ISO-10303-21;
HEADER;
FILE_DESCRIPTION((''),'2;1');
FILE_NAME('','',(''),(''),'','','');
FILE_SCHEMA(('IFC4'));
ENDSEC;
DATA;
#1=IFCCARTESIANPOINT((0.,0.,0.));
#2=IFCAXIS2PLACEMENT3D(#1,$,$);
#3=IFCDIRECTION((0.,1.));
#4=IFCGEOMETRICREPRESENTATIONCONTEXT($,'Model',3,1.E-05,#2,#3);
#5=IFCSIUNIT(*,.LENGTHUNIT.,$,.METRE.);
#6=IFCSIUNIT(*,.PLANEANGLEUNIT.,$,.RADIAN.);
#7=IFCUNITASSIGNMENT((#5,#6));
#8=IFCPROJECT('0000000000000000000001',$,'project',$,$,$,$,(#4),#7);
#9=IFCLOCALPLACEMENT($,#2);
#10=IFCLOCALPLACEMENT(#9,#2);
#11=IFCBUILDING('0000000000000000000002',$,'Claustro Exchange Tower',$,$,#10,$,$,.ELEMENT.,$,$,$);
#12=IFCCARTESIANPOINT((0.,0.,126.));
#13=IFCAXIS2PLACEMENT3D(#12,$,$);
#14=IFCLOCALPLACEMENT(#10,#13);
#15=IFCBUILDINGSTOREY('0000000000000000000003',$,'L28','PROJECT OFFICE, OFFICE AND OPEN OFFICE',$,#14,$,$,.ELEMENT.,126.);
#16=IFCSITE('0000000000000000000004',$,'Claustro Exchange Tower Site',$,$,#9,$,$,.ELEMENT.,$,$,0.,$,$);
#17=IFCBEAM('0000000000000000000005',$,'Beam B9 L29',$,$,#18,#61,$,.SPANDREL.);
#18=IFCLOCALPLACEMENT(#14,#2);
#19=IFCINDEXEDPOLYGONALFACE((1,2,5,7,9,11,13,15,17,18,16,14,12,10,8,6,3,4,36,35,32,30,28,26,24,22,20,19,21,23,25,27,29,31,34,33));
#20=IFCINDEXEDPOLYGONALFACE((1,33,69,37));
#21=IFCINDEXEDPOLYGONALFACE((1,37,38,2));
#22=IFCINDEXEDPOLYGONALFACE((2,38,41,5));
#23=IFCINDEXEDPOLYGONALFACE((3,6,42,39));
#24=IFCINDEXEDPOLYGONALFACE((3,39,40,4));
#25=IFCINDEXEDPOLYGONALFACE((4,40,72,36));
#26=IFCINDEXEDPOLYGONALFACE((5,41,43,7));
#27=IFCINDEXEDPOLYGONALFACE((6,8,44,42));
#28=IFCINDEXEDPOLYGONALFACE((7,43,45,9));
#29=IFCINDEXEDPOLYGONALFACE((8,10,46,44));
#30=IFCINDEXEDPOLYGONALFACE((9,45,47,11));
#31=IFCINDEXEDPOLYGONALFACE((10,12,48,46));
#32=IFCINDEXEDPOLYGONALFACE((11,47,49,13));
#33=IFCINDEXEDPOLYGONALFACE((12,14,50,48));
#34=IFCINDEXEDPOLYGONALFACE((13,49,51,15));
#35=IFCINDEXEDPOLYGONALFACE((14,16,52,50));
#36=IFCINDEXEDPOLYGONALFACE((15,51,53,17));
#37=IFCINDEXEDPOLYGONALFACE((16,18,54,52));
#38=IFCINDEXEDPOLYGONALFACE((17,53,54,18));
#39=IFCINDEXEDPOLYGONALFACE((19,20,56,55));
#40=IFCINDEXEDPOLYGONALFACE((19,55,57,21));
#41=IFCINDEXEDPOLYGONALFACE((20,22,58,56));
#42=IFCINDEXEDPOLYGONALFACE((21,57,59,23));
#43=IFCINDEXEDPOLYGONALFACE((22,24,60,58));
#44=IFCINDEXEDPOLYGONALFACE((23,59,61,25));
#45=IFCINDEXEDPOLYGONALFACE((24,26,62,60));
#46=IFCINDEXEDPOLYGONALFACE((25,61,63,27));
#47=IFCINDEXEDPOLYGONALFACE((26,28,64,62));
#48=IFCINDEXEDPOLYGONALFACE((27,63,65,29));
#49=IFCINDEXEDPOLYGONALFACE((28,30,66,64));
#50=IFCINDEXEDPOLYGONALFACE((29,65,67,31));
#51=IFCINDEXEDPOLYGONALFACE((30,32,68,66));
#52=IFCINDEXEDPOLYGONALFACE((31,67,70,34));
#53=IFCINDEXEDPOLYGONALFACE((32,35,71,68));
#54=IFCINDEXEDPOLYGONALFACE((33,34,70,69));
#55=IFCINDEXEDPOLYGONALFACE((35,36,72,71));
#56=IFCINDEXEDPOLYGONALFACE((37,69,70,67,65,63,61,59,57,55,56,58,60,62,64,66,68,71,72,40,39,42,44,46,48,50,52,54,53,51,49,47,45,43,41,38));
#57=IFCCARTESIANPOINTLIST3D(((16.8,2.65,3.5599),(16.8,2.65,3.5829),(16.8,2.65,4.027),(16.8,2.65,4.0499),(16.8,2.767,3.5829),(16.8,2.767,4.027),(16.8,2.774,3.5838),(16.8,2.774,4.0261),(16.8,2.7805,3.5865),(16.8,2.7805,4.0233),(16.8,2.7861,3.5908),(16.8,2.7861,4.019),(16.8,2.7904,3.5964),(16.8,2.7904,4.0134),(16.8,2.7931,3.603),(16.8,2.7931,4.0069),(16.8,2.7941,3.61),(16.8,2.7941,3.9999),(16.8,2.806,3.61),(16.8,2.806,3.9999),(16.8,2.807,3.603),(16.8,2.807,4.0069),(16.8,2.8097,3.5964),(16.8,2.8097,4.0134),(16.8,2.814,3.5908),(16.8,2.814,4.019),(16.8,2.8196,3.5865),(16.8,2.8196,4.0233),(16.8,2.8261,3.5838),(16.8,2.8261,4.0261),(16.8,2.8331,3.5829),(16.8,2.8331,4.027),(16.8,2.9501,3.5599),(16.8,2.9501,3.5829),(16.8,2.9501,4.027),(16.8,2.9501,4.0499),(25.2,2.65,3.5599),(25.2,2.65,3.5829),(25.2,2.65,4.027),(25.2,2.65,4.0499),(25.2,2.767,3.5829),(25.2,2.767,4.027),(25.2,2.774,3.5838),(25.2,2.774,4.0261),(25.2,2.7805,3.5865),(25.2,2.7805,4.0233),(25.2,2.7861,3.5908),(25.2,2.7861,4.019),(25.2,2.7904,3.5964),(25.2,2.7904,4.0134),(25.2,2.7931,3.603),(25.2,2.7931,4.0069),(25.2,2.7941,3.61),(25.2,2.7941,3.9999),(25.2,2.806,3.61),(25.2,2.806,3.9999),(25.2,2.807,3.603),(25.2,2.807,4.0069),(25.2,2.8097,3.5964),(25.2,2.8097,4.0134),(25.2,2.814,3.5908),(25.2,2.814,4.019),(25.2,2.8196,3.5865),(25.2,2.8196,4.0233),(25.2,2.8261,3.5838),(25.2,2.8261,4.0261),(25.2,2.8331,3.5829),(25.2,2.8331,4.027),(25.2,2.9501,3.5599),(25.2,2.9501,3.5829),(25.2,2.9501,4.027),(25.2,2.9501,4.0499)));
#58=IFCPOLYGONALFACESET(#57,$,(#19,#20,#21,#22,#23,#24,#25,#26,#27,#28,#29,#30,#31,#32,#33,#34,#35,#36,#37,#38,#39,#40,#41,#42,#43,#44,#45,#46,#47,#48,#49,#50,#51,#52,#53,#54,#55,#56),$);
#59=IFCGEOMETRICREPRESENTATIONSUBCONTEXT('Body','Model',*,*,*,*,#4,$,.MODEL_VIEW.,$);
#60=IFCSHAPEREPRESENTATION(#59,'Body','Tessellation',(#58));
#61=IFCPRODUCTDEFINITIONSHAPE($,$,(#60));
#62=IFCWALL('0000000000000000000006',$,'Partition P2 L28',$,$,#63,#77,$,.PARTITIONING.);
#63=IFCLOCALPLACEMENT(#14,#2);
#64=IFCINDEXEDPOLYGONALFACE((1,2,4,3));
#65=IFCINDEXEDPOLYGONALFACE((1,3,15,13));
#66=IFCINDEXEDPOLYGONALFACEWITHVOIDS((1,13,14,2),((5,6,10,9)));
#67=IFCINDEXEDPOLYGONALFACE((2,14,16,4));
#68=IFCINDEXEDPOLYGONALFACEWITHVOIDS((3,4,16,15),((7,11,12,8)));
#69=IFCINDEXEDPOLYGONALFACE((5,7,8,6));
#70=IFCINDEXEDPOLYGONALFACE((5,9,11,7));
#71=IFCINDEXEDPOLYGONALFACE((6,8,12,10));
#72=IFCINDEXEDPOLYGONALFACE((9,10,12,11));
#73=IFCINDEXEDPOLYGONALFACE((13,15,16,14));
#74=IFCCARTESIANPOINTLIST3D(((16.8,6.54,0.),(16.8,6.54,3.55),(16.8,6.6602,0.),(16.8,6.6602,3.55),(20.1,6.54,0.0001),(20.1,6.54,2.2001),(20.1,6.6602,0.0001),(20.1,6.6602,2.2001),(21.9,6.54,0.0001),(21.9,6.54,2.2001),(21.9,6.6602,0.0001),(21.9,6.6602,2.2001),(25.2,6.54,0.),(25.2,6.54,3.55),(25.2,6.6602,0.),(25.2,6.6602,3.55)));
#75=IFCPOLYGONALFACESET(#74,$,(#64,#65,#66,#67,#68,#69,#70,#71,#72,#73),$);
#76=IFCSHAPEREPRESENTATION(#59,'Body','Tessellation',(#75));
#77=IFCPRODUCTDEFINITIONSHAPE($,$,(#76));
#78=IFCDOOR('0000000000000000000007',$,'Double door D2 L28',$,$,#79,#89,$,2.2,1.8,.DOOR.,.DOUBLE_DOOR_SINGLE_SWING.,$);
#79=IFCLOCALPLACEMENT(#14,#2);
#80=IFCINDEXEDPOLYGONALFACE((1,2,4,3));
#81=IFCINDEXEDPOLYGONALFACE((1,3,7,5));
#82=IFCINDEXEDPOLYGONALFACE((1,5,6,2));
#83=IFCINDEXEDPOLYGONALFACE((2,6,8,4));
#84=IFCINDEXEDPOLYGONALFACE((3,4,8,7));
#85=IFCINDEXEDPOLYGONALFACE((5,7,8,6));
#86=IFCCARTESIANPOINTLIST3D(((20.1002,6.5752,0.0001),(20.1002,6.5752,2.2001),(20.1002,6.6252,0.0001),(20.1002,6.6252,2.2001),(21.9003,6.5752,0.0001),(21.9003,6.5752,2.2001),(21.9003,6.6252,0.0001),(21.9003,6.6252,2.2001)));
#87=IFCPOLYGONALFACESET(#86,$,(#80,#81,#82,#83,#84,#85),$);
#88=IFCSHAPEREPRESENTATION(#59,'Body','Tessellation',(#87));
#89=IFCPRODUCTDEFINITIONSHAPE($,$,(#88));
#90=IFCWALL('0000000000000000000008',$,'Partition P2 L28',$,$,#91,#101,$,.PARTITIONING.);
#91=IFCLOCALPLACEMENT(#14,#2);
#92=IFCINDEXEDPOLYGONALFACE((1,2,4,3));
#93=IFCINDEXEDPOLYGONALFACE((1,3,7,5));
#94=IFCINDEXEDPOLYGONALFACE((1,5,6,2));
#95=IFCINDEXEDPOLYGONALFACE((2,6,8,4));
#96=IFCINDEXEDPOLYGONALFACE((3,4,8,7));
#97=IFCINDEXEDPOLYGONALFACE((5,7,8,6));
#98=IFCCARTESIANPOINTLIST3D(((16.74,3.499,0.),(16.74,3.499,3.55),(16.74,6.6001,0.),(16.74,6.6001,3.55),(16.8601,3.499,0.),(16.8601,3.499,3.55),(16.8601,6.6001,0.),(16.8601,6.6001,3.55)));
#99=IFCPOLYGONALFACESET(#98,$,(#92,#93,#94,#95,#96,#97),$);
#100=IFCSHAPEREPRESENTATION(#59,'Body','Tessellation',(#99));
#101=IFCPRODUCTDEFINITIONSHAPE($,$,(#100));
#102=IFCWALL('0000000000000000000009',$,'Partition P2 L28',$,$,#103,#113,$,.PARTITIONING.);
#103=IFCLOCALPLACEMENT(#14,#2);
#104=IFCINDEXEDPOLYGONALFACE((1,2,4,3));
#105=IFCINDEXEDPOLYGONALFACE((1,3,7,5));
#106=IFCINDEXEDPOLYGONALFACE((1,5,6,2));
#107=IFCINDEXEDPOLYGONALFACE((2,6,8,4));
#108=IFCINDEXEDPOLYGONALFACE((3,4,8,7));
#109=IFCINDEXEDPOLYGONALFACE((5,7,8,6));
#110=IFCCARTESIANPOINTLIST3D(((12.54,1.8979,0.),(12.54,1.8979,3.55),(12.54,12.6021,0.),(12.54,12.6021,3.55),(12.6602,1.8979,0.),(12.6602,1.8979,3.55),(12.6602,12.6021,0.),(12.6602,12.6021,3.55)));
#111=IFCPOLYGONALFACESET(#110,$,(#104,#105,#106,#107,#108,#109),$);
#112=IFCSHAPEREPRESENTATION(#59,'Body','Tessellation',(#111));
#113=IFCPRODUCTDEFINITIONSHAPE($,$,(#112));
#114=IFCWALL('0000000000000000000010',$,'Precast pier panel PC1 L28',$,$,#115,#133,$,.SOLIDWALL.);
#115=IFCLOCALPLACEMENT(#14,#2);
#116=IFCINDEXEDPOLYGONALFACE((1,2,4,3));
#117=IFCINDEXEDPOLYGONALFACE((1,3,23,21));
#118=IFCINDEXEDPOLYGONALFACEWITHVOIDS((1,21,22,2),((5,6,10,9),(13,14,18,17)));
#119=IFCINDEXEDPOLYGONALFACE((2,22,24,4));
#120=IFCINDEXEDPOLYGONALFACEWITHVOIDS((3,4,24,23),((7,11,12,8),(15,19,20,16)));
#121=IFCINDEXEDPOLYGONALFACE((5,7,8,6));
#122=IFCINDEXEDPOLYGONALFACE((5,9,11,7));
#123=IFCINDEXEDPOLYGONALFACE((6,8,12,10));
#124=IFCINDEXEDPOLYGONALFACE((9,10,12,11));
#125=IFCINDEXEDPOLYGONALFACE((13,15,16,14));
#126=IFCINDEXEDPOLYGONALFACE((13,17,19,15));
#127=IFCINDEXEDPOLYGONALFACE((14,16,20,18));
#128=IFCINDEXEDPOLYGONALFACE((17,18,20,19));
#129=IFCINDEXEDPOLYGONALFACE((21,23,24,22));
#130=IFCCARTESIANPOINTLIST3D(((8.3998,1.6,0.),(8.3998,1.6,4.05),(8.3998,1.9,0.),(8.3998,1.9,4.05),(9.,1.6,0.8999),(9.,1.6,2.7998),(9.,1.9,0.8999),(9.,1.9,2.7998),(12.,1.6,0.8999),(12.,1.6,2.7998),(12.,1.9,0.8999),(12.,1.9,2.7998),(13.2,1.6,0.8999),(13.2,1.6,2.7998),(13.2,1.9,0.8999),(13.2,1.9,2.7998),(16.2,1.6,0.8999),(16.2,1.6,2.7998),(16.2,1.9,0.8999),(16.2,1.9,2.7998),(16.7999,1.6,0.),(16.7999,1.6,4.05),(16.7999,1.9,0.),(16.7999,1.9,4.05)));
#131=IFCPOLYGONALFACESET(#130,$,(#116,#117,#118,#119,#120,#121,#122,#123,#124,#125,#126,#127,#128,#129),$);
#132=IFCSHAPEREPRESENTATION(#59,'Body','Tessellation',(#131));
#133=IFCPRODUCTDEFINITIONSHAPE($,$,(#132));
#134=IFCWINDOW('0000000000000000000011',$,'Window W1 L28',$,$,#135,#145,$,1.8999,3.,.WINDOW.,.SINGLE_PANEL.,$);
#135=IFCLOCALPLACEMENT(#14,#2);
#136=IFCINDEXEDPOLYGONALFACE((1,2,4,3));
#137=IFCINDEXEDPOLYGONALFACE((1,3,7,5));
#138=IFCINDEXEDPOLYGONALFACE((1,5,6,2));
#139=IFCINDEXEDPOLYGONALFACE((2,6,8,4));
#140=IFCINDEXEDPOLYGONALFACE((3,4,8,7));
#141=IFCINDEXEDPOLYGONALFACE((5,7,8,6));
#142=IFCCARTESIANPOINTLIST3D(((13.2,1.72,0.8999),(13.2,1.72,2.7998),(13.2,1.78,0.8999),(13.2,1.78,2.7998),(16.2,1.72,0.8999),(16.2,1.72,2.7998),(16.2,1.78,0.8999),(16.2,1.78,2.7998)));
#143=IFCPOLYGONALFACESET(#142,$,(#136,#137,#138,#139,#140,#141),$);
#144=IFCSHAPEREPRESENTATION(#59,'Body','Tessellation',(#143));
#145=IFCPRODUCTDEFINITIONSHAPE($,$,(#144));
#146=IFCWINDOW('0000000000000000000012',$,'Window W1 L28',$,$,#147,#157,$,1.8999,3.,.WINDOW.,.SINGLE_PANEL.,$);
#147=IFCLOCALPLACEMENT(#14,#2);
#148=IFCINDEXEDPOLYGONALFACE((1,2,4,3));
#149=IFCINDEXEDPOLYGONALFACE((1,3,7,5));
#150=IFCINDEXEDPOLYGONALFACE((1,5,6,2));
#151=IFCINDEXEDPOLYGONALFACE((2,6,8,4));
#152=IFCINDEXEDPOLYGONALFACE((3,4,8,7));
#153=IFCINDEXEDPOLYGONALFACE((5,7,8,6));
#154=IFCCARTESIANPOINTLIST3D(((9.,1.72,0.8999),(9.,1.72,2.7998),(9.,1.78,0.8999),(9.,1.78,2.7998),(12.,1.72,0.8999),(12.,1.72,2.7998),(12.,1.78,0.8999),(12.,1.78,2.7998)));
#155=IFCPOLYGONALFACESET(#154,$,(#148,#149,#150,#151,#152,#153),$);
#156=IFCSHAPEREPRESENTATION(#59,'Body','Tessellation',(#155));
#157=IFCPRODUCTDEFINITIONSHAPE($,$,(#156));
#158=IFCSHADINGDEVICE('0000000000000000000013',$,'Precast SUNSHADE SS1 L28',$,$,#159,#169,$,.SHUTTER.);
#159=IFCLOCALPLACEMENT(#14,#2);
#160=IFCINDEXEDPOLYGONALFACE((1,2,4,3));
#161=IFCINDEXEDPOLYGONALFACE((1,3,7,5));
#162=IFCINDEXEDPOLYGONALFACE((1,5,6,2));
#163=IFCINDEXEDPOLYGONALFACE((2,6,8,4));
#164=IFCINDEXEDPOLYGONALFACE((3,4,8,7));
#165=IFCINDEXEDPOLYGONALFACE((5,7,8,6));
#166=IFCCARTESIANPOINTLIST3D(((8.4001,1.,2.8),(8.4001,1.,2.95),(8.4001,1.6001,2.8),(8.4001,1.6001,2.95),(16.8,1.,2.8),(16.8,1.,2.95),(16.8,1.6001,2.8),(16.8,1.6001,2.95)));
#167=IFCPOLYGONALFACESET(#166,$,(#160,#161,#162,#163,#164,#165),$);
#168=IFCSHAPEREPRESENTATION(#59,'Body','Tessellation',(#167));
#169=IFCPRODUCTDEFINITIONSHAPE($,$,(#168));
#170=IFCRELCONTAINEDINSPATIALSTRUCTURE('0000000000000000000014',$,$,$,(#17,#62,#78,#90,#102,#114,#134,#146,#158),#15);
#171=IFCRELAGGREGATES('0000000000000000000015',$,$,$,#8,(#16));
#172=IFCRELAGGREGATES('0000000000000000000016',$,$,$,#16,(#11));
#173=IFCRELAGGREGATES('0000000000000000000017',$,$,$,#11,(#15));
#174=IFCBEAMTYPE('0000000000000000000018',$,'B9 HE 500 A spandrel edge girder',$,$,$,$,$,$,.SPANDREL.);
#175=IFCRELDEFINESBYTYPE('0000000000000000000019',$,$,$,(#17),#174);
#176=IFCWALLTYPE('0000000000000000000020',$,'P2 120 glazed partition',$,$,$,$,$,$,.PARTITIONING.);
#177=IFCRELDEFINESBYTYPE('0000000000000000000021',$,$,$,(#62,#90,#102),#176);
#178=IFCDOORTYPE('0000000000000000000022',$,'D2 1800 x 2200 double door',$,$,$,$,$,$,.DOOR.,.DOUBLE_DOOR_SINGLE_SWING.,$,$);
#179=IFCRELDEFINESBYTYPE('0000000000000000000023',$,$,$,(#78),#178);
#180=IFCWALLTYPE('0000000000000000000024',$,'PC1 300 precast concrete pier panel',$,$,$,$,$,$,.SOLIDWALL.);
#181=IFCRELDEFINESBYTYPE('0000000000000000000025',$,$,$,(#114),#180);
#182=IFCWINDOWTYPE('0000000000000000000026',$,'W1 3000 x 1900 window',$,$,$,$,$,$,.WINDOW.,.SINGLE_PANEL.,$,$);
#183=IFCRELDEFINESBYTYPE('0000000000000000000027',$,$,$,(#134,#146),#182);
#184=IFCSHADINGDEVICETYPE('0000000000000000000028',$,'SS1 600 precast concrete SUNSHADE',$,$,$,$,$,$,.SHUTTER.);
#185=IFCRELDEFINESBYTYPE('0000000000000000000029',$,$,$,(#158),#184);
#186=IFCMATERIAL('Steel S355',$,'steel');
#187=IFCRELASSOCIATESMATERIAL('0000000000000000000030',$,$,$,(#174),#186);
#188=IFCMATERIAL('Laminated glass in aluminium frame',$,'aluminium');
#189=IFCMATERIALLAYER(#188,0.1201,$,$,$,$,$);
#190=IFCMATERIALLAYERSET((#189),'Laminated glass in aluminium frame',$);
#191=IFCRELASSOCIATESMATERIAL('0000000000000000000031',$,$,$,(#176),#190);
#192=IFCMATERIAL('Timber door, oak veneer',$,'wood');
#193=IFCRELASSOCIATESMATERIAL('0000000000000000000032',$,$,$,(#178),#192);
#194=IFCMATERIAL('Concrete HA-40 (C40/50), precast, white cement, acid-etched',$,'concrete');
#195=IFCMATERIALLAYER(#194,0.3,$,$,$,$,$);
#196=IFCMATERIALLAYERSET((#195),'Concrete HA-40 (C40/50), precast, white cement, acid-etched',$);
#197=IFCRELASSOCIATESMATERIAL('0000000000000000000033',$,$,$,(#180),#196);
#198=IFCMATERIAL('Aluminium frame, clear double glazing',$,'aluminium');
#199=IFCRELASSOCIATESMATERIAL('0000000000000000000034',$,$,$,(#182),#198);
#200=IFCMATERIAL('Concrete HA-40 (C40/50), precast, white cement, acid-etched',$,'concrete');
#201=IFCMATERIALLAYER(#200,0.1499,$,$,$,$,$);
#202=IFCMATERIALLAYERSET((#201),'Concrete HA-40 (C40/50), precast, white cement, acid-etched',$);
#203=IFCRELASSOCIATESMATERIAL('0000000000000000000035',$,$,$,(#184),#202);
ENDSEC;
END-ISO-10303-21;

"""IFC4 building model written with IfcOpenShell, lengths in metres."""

from ifc_helpers import new_model, si_unit, direction, frame, frame_2d, origin, origin_2d, place, context, subcontext, project, spatial, rectangle, i_section, extrude, material, layer, layer_set, material_profile, profile_set, type_object, element, fill, save


model = new_model("IFC4")

# Units and contexts
model_context = context("Model", 3, precision=1e-05, world=origin(), true_north=direction((0.0, 1.0)))
body_context = subcontext(model_context, "Body", "Model", "MODEL_VIEW")
ifc_project = project(units=[si_unit("LENGTHUNIT", "METRE"), si_unit("PLANEANGLEUNIT", "RADIAN")], contexts=[model_context])

# Site, building, storey
site_placement = place(None, origin())
site = spatial("IfcSite", under=ifc_project, at=site_placement, Name="Claustro Exchange Tower Site", CompositionType="ELEMENT", RefElevation=0.0)
building_placement = place(site_placement, origin())
building = spatial("IfcBuilding", under=site, at=building_placement, Name="Claustro Exchange Tower", CompositionType="ELEMENT")
storey_placement = place(building_placement, frame((0.0, 0.0, 126.0)))
storey = spatial("IfcBuildingStorey", under=building, at=storey_placement, Name="L28", Description="PROJECT OFFICE, OFFICE AND OPEN OFFICE", CompositionType="ELEMENT", Elevation=126.0)

# Beam
ifc_material_1 = material(Name="Steel S355", Category="steel")
ifc_material_profile_1 = material_profile(ifc_material_1, i_section(OverallWidth=0.3, OverallDepth=0.49, WebThickness=0.012, FlangeThickness=0.0229, FilletRadius=0.0271, at=origin_2d()), Name="HE 500 A")
ifc_profile_set_1 = profile_set([ifc_material_profile_1], Name="Steel S355")
beam_type_1 = type_object("IfcBeamType", Name="B9 HE 500 A spandrel edge girder", PredefinedType="SPANDREL", material=ifc_profile_set_1)
beam_1_placement = place(storey_placement, frame((16.8, 2.8, 3.8049), z_axis=(1.0, 0.0, 0.0), x_axis=(0.0, 1.0, 0.0)))
element("IfcBeam", 1, at=beam_1_placement, inside=storey, type_object=beam_type_1, Name="Beam B9 L29", PredefinedType="SPANDREL", context=body_context, shape_type="SweptSolid", body=[
    extrude(i_section(OverallWidth=0.3, OverallDepth=0.49, WebThickness=0.012, FlangeThickness=0.0229, FilletRadius=0.0271, at=origin_2d()), origin(), (0.0, 0.0, 1.0), 8.3999),
])

# Wall, opening, door
ifc_material_2 = material(Name="Laminated glass in aluminium frame", Category="aluminium")
ifc_layer_1 = layer(ifc_material_2, 0.1201)
ifc_layer_set_1 = layer_set([ifc_layer_1], Name="Laminated glass in aluminium frame")
wall_type_1 = type_object("IfcWallType", Name="P2 120 glazed partition", PredefinedType="PARTITIONING", material=ifc_layer_set_1)
wall_1_placement = place(storey_placement, frame((16.8, 6.6001, 0.0), z_axis=(0.0, 0.0, 1.0), x_axis=(1.0, 0.0, 0.0)))
wall_1 = element("IfcWall", 2, at=wall_1_placement, inside=storey, type_object=wall_type_1, Name="Partition P2 L28", PredefinedType="PARTITIONING", context=body_context, shape_type="SweptSolid", body=[
    extrude(rectangle(XDim=8.3999, YDim=0.1201, at=frame_2d((4.2, 0.0))), origin(), (0.0, 0.0, 1.0), 3.55),
])
opening_1_placement = place(wall_1_placement, frame((3.3, 0.0, 0.0)))
opening_1 = element("IfcOpeningElement", 3, at=opening_1_placement, cuts=wall_1, PredefinedType="OPENING", context=body_context, shape_type="SweptSolid", body=[
    extrude(rectangle(XDim=1.8, YDim=2.2, at=frame_2d((0.8999, 1.1001))), frame((0.0, 0.0701, 0.0), z_axis=(0.0, -1.0, 0.0), x_axis=(1.0, 0.0, 0.0)), (0.0, 0.0, 1.0), 0.1401),
])
ifc_material_3 = material(Name="Timber door, oak veneer", Category="wood")
door_type = type_object("IfcDoorType", Name="D2 1800 x 2200 double door", OperationType="DOUBLE_DOOR_SINGLE_SWING", PredefinedType="DOOR", material=ifc_material_3)
door_placement = place(opening_1_placement, frame((1.8, 0.0, 0.0), z_axis=(0.0, 0.0, 1.0), x_axis=(-1.0, 0.0, 0.0)))
door = element("IfcDoor", 4, at=door_placement, inside=storey, type_object=door_type, Name="Double door D2 L28", OperationType="DOUBLE_DOOR_SINGLE_SWING", OverallHeight=2.2, OverallWidth=1.8, PredefinedType="DOOR", context=body_context, shape_type="SweptSolid", body=[
    extrude(rectangle(XDim=1.8, YDim=2.2, at=frame_2d((0.8999, 1.1001))), frame((0.0, 0.0249, 0.0), z_axis=(0.0, -1.0, 0.0), x_axis=(1.0, 0.0, 0.0)), (0.0, 0.0, 1.0), 0.05),
])
fill(opening_1, door)

# Walls
wall_2_placement = place(storey_placement, frame((16.8, 3.499, 0.0), z_axis=(0.0, 0.0, 1.0), x_axis=(0.0, 1.0, 0.0)))
element("IfcWall", 5, at=wall_2_placement, inside=storey, type_object=wall_type_1, Name="Partition P2 L28", PredefinedType="PARTITIONING", context=body_context, shape_type="SweptSolid", body=[
    extrude(rectangle(XDim=3.1011, YDim=0.1201, at=frame_2d((1.5505, 0.0))), origin(), (0.0, 0.0, 1.0), 3.55),
])
wall_3_placement = place(storey_placement, frame((12.6001, 1.8979, 0.0), z_axis=(0.0, 0.0, 1.0), x_axis=(0.0, 1.0, 0.0)))
element("IfcWall", 6, at=wall_3_placement, inside=storey, type_object=wall_type_1, Name="Partition P2 L28", PredefinedType="PARTITIONING", context=body_context, shape_type="SweptSolid", body=[
    extrude(rectangle(XDim=10.7041, YDim=0.1201, at=frame_2d((5.3521, 0.0))), origin(), (0.0, 0.0, 1.0), 3.55),
])

# Wall, openings, windows
ifc_material_4 = material(Name="Concrete HA-40 (C40/50), precast, white cement, acid-etched", Category="concrete")
ifc_layer_2 = layer(ifc_material_4, 0.3)
ifc_layer_set_2 = layer_set([ifc_layer_2], Name="Concrete HA-40 (C40/50), precast, white cement, acid-etched")
wall_type_2 = type_object("IfcWallType", Name="PC1 300 precast concrete pier panel", PredefinedType="SOLIDWALL", material=ifc_layer_set_2)
wall_4_placement = place(storey_placement, frame((16.8, 1.75, 0.0), z_axis=(0.0, 0.0, 1.0), x_axis=(-1.0, 0.0, 0.0)))
wall_4 = element("IfcWall", 7, at=wall_4_placement, inside=storey, type_object=wall_type_2, Name="Precast pier panel PC1 L28", PredefinedType="SOLIDWALL", context=body_context, shape_type="SweptSolid", body=[
    extrude(rectangle(XDim=8.4001, YDim=0.3, at=frame_2d((4.2002, 0.0))), origin(), (0.0, 0.0, 1.0), 4.05),
])
opening_2_placement = place(wall_4_placement, frame((0.6001, 0.0, 0.8999)))
opening_2 = element("IfcOpeningElement", 8, at=opening_2_placement, cuts=wall_4, PredefinedType="OPENING", context=body_context, shape_type="SweptSolid", body=[
    extrude(rectangle(XDim=3.0, YDim=1.8999, at=frame_2d((1.5, 0.95))), frame((0.0, 0.1599, 0.0), z_axis=(0.0, -1.0, 0.0), x_axis=(1.0, 0.0, 0.0)), (0.0, 0.0, 1.0), 0.3201),
])
opening_3_placement = place(wall_4_placement, frame((4.8, 0.0, 0.8999)))
opening_3 = element("IfcOpeningElement", 9, at=opening_3_placement, cuts=wall_4, PredefinedType="OPENING", context=body_context, shape_type="SweptSolid", body=[
    extrude(rectangle(XDim=3.0, YDim=1.8999, at=frame_2d((1.5, 0.95))), frame((0.0, 0.1599, 0.0), z_axis=(0.0, -1.0, 0.0), x_axis=(1.0, 0.0, 0.0)), (0.0, 0.0, 1.0), 0.3201),
])
ifc_material_5 = material(Name="Aluminium frame, clear double glazing", Category="aluminium")
window_type = type_object("IfcWindowType", Name="W1 3000 x 1900 window", PartitioningType="SINGLE_PANEL", PredefinedType="WINDOW", material=ifc_material_5)
window_1_placement = place(opening_2_placement, origin())
window_1 = element("IfcWindow", 10, at=window_1_placement, inside=storey, type_object=window_type, Name="Window W1 L28", OverallHeight=1.8999, OverallWidth=3.0, PartitioningType="SINGLE_PANEL", PredefinedType="WINDOW", context=body_context, shape_type="SweptSolid", body=[
    extrude(rectangle(XDim=3.0, YDim=1.8999, at=frame_2d((1.5, 0.95))), frame((0.0, 0.03, 0.0), z_axis=(0.0, -1.0, 0.0), x_axis=(1.0, 0.0, 0.0)), (0.0, 0.0, 1.0), 0.0601),
])
fill(opening_2, window_1)
window_2_placement = place(opening_3_placement, origin())
window_2 = element("IfcWindow", 11, at=window_2_placement, inside=storey, type_object=window_type, Name="Window W1 L28", OverallHeight=1.8999, OverallWidth=3.0, PartitioningType="SINGLE_PANEL", PredefinedType="WINDOW", context=body_context, shape_type="SweptSolid", body=[
    extrude(rectangle(XDim=3.0, YDim=1.8999, at=frame_2d((1.5, 0.95))), frame((0.0, 0.03, 0.0), z_axis=(0.0, -1.0, 0.0), x_axis=(1.0, 0.0, 0.0)), (0.0, 0.0, 1.0), 0.0601),
])
fill(opening_3, window_2)

# Shading device
ifc_material_6 = material(Name="Concrete HA-40 (C40/50), precast, white cement, acid-etched", Category="concrete")
ifc_layer_3 = layer(ifc_material_6, 0.1499)
ifc_layer_set_3 = layer_set([ifc_layer_3], Name="Concrete HA-40 (C40/50), precast, white cement, acid-etched")
shading_device_type = type_object("IfcShadingDeviceType", Name="SS1 600 precast concrete SUNSHADE", PredefinedType="SHUTTER", material=ifc_layer_set_3)
shading_device_placement = place(storey_placement, frame((12.6001, 1.3, 2.8), z_axis=(0.0, 0.0, 1.0), x_axis=(-1.0, 0.0, 0.0)))
element("IfcShadingDevice", 12, at=shading_device_placement, inside=storey, type_object=shading_device_type, Name="Precast SUNSHADE SS1 L28", PredefinedType="SHUTTER", context=body_context, shape_type="SweptSolid", body=[
    extrude(rectangle(XDim=8.3999, YDim=0.6001, at=origin_2d()), origin(), (0.0, 0.0, 1.0), 0.1499),
])

save(model, "model.ifc")
